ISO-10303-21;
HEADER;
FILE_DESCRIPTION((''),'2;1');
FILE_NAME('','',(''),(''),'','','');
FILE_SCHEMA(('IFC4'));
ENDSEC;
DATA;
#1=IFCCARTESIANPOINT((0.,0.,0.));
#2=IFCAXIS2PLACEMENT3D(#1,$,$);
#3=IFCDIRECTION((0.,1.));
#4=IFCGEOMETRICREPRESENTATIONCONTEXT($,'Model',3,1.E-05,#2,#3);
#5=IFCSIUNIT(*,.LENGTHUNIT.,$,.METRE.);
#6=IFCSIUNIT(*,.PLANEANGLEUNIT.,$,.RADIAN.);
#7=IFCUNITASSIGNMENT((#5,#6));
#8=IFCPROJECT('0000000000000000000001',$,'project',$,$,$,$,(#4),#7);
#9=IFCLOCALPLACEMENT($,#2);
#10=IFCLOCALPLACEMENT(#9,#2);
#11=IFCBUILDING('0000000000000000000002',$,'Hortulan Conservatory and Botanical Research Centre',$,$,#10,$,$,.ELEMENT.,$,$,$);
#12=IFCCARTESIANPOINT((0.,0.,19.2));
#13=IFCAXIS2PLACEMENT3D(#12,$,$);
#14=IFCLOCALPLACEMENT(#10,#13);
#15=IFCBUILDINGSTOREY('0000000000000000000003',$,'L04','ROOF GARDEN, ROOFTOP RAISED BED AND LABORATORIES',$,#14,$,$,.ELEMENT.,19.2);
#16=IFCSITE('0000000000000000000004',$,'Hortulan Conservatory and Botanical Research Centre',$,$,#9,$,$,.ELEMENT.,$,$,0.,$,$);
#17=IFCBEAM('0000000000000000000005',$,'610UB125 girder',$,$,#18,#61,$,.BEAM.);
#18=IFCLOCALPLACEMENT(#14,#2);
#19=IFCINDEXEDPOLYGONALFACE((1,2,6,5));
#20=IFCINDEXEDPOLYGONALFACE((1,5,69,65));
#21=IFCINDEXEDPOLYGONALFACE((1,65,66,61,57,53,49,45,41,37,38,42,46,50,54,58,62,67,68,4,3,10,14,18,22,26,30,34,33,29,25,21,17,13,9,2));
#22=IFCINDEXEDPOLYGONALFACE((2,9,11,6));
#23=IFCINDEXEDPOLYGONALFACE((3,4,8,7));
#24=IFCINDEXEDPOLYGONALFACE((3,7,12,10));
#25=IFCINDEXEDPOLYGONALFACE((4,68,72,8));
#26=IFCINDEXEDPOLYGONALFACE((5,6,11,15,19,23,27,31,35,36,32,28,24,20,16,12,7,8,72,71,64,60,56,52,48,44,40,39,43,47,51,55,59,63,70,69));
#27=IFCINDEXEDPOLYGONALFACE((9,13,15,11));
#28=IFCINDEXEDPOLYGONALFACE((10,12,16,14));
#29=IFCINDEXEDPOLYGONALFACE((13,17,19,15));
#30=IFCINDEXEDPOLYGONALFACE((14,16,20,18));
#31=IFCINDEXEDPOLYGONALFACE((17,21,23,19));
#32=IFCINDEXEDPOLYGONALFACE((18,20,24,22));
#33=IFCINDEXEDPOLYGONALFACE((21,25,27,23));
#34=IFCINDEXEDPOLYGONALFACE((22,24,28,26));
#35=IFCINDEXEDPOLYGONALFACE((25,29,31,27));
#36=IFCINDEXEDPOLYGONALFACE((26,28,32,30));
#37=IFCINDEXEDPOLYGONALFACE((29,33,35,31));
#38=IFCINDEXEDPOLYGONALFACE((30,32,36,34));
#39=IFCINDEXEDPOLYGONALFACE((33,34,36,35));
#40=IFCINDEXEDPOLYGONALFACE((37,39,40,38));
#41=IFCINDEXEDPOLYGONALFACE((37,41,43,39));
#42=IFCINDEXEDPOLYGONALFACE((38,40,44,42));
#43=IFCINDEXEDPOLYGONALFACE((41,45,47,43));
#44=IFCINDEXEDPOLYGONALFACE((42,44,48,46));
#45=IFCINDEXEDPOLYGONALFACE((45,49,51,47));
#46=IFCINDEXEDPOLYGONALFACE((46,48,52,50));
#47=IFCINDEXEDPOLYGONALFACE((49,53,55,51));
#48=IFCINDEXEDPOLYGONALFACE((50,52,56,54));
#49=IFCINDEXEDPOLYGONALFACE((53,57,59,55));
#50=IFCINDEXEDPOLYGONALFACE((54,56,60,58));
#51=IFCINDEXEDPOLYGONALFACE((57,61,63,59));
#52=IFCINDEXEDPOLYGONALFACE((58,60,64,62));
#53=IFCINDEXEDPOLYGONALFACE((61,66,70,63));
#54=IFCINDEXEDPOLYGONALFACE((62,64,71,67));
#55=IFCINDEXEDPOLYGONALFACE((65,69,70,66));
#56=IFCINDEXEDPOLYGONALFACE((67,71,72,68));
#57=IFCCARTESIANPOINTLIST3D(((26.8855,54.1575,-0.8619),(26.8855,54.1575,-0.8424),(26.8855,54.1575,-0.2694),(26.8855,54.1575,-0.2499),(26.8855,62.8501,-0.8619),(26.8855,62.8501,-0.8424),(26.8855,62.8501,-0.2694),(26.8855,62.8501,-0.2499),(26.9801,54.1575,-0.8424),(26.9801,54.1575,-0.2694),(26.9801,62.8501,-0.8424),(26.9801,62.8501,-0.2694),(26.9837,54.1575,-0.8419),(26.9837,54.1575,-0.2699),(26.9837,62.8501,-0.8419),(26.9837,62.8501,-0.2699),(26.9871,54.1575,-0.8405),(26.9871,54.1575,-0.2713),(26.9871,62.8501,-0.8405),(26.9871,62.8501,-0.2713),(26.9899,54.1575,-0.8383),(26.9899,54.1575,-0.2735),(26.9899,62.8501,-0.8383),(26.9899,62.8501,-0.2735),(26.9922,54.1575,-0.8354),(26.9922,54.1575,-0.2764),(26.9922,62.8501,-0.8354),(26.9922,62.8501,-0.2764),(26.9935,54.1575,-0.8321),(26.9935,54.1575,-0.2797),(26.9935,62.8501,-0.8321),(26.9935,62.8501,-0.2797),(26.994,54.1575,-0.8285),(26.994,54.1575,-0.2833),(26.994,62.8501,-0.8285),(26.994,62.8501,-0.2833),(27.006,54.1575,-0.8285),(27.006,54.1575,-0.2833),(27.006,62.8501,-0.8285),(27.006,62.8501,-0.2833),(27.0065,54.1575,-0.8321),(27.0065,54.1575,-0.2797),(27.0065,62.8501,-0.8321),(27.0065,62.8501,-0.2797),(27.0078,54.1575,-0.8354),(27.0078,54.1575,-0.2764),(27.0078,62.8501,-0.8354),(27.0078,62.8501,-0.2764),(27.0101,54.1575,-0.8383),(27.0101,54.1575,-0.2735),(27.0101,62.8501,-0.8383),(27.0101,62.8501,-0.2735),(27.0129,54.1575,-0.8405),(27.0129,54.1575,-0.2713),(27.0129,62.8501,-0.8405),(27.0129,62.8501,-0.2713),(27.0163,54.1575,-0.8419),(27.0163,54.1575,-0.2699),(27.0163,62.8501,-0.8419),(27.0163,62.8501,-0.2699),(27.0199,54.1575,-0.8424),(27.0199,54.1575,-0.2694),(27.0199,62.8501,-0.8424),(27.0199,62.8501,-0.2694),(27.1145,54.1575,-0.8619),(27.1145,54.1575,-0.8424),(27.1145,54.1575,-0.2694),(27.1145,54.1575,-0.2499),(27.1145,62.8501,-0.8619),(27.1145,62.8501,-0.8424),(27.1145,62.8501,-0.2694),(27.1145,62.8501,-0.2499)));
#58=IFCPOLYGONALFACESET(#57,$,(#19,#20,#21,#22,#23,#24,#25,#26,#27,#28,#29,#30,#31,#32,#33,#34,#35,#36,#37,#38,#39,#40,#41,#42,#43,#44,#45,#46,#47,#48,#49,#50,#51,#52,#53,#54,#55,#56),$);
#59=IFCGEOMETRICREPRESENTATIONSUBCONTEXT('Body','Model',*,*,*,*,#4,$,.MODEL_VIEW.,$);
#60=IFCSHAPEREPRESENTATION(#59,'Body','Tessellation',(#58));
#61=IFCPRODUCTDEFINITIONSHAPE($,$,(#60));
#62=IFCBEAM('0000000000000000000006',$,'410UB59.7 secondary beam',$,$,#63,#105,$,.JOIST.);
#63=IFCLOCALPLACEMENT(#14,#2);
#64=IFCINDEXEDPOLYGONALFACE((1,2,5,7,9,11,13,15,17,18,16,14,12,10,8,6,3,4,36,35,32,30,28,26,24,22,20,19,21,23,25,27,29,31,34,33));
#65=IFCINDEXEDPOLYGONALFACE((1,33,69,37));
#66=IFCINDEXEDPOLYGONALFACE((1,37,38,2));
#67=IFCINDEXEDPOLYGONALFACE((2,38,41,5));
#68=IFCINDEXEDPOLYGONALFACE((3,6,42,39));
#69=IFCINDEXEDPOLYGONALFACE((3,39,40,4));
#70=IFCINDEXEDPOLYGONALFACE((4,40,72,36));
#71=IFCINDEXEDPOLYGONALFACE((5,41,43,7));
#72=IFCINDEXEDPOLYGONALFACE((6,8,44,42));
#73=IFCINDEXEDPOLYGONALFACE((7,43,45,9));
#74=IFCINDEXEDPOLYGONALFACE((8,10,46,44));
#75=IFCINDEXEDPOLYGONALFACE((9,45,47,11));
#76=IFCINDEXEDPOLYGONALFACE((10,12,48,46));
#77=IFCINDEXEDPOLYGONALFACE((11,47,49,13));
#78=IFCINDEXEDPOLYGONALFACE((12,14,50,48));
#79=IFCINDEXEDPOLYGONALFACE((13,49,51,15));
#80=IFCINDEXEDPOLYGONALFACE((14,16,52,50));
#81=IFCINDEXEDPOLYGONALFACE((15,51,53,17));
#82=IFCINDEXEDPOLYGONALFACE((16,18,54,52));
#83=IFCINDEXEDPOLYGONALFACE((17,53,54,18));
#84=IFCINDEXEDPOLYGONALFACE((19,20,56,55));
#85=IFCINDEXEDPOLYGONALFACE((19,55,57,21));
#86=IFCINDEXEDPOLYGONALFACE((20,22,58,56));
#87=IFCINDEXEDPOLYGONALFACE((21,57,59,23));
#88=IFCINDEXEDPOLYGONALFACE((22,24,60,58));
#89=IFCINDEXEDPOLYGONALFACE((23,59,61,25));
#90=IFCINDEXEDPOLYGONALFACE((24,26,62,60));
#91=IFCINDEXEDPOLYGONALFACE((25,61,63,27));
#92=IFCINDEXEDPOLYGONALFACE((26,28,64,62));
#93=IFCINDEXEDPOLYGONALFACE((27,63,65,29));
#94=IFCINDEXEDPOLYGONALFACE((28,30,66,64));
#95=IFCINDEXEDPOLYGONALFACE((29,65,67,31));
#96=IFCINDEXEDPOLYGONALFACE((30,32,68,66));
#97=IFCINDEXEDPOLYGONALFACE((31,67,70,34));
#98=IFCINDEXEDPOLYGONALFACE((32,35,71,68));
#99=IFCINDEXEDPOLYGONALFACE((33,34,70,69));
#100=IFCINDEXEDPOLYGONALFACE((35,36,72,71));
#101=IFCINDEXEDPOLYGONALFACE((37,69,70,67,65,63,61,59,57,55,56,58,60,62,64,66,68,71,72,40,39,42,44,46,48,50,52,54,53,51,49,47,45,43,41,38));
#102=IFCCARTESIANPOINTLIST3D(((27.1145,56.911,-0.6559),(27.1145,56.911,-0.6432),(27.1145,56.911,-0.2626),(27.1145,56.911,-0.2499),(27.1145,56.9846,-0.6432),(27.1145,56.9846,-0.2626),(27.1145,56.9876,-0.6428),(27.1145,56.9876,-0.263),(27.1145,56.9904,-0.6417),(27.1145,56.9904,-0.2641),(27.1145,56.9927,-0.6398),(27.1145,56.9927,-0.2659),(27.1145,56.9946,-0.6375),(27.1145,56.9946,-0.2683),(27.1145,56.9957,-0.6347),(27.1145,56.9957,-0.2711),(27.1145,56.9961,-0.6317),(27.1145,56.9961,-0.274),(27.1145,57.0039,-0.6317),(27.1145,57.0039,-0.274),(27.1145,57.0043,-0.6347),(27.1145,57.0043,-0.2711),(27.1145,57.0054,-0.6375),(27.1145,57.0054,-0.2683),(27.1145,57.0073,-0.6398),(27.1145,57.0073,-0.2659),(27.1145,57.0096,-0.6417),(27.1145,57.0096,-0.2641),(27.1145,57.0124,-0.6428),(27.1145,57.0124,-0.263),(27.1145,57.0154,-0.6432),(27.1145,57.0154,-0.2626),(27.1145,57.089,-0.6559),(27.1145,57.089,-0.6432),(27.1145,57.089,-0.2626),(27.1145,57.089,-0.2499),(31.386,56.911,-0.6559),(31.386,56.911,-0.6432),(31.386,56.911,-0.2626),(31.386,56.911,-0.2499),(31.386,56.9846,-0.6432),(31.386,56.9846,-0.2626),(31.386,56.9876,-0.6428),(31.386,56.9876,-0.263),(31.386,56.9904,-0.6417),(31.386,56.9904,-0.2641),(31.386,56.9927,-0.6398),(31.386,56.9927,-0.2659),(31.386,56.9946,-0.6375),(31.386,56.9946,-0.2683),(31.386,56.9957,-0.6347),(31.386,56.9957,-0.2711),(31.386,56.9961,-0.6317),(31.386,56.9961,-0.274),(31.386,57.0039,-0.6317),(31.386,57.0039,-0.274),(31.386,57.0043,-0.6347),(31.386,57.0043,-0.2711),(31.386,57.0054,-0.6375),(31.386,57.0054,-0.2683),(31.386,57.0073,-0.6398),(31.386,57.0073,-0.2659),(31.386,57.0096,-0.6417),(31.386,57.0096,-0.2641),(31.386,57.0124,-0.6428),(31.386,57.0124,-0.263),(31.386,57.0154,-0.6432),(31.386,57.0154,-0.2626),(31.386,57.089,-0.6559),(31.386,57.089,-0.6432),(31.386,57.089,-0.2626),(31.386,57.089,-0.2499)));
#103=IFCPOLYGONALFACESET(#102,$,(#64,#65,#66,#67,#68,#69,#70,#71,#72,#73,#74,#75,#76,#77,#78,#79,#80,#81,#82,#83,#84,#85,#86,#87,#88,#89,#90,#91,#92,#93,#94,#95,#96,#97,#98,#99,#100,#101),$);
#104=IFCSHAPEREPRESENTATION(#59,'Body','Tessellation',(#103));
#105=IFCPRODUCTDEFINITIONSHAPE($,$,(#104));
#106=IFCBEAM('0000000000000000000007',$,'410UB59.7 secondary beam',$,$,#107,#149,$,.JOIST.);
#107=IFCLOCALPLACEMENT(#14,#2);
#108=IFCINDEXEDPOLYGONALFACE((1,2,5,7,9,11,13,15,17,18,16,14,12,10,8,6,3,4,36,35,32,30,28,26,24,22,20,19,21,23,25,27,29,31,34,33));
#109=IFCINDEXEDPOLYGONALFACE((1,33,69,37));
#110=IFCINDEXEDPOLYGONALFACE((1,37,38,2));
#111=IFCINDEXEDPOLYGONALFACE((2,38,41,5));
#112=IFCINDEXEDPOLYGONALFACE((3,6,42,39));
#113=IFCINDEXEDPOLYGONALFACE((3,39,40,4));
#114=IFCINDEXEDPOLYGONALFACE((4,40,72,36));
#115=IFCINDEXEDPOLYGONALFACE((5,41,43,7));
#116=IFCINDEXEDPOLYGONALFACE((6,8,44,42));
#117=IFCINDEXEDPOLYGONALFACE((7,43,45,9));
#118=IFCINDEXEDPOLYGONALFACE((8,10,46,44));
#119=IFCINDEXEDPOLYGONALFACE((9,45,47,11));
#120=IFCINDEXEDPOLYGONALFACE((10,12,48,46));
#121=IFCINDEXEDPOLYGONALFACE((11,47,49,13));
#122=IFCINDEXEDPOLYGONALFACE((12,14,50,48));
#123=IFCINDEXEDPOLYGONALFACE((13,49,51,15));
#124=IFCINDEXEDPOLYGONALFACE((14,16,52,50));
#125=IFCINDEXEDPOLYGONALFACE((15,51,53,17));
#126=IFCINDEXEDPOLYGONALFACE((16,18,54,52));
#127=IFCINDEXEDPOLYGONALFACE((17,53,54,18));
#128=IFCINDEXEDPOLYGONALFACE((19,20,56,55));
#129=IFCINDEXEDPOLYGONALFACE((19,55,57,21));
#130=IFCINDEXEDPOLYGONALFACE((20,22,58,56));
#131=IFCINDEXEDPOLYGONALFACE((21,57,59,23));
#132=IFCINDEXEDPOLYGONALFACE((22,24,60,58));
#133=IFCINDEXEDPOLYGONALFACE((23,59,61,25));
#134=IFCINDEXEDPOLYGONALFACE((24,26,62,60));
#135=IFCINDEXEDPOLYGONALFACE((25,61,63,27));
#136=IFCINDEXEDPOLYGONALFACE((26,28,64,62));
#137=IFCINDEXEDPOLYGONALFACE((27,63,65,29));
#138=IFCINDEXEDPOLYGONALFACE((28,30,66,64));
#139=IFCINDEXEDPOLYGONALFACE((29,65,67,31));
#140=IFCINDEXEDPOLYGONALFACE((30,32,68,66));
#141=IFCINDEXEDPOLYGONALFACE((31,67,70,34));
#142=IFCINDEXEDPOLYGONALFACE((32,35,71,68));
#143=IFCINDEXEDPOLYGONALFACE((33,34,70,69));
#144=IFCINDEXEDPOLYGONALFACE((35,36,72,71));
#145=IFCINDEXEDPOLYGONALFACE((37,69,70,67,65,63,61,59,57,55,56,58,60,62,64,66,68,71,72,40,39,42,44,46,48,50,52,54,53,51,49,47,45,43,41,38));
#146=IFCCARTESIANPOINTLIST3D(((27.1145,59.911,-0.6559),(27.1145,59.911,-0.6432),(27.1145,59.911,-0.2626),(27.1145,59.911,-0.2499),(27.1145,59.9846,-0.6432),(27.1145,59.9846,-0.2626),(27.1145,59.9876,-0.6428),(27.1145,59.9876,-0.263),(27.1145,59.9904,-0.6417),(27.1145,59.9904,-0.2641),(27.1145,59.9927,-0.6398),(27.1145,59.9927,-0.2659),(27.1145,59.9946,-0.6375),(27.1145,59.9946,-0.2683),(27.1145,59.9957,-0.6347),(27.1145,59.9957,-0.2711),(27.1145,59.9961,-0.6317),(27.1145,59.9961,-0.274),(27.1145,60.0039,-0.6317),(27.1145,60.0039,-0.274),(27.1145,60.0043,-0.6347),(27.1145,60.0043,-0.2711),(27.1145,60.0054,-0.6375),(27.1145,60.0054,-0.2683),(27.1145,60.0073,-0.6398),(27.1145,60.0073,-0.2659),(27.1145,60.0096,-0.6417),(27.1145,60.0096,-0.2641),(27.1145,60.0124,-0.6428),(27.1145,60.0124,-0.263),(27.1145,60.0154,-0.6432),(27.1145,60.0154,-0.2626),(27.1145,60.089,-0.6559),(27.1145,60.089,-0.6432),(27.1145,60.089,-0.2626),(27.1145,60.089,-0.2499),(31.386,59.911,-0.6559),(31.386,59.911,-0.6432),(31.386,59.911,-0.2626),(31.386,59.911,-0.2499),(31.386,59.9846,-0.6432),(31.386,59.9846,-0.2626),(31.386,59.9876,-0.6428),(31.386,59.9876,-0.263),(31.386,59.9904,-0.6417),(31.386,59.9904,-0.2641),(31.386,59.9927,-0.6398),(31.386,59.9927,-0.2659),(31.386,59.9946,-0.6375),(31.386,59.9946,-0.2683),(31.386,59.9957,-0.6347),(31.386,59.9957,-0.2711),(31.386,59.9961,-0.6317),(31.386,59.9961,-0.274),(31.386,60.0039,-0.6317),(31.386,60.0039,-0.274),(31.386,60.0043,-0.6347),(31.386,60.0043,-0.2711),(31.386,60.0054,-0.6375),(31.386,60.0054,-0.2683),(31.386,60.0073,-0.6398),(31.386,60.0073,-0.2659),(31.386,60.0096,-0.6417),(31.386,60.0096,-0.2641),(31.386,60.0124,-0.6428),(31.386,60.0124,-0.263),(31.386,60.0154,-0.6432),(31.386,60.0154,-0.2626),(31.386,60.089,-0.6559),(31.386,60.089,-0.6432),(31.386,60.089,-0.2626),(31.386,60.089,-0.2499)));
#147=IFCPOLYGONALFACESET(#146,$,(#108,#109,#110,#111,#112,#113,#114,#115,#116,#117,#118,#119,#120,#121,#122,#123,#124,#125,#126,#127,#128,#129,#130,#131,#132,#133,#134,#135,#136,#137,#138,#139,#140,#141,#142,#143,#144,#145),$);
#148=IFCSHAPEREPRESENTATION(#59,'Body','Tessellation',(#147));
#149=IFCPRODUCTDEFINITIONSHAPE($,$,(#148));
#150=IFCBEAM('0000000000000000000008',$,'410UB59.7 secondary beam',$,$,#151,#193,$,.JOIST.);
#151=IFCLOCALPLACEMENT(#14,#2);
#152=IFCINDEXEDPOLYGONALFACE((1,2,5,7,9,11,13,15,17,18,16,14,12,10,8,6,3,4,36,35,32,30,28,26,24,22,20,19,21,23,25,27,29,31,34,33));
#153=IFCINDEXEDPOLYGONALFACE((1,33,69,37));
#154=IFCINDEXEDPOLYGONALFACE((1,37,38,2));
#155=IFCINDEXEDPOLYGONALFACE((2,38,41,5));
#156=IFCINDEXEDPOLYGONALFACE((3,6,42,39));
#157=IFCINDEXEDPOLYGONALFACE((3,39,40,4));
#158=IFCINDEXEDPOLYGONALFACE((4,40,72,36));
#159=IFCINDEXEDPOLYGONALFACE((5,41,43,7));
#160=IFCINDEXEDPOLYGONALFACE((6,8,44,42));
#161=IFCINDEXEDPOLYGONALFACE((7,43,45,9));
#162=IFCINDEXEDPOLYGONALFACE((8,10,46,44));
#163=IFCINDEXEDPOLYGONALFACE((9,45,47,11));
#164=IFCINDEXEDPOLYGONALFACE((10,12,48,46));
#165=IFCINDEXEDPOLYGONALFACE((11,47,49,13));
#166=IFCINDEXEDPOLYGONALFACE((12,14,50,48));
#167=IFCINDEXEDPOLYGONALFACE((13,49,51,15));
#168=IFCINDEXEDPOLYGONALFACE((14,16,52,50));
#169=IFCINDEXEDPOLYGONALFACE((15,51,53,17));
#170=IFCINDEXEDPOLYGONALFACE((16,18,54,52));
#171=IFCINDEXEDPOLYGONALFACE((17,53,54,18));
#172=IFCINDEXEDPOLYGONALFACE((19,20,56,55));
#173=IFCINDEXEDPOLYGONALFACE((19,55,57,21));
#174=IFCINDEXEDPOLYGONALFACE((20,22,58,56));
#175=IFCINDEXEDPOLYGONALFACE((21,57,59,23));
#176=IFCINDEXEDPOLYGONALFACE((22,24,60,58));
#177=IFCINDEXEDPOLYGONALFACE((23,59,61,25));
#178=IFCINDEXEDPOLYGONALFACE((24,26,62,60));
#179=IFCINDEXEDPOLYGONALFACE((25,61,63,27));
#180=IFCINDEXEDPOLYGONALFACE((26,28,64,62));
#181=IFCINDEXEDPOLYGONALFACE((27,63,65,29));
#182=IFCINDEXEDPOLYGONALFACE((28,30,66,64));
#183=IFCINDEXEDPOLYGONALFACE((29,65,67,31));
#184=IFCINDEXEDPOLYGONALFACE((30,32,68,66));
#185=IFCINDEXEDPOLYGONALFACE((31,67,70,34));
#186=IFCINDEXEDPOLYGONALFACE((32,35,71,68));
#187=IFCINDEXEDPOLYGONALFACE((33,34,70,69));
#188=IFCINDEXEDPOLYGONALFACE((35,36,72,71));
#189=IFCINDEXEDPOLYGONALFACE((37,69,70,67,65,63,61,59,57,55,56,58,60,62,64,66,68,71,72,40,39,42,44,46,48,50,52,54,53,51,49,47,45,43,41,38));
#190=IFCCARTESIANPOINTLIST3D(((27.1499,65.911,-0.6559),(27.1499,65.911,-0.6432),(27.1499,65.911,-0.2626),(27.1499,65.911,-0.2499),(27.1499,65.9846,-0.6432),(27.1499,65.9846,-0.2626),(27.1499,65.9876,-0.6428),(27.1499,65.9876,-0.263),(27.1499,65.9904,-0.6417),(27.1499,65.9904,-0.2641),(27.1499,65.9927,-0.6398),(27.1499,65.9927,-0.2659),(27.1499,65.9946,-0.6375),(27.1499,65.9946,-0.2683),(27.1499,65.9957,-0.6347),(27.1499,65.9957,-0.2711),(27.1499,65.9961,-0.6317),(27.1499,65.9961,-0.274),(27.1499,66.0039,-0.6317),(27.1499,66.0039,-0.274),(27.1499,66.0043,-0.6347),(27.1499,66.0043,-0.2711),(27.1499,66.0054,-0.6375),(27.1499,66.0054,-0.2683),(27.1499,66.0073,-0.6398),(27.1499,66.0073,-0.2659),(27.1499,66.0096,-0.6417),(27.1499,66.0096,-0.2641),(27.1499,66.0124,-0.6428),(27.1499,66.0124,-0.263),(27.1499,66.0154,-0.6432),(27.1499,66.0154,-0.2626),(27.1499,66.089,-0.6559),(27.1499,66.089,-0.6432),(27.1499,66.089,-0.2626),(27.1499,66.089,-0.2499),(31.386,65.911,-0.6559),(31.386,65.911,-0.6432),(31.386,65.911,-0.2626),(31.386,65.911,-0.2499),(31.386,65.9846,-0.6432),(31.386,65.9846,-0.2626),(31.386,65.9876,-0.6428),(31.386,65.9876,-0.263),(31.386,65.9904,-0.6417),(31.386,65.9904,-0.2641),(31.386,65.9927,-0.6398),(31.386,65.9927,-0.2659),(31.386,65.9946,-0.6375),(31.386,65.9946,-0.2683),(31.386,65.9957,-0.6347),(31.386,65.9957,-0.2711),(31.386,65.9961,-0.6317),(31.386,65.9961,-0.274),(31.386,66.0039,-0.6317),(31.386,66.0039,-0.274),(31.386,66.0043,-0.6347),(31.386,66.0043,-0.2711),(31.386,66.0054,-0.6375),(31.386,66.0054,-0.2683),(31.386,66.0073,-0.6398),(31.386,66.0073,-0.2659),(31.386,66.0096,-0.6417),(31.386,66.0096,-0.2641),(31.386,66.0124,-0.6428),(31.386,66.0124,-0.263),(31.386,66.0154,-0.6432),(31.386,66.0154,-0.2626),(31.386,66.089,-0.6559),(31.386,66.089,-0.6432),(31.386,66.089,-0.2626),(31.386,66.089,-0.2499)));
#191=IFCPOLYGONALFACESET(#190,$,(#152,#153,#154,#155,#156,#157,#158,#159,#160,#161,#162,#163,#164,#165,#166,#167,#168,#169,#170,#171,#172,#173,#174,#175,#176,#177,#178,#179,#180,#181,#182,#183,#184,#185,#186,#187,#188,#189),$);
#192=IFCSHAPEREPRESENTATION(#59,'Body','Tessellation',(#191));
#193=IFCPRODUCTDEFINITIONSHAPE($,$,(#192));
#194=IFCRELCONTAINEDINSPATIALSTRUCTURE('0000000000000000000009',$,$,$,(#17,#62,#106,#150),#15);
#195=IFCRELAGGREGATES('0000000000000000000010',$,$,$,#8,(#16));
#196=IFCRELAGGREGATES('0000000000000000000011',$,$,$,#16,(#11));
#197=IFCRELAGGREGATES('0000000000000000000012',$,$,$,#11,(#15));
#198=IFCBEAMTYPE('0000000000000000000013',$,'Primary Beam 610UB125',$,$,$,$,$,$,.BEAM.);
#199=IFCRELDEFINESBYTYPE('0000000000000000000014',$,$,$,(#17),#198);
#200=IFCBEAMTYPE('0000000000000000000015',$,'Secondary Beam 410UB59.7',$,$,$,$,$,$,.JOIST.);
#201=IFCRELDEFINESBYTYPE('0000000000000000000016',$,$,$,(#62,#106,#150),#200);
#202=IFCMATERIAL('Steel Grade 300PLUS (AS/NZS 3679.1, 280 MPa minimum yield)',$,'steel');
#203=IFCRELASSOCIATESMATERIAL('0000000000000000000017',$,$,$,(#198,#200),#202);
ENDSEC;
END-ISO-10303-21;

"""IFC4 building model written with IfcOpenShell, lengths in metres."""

from ifc_helpers import new_model, si_unit, direction, frame, origin, origin_2d, place, context, subcontext, project, spatial, i_section, extrude, material, material_profile, profile_set, type_object, element, save


model = new_model("IFC4")

# Units and contexts
model_context = context("Model", 3, precision=1e-05, world=origin(), true_north=direction((0.0, 1.0)))
body_context = subcontext(model_context, "Body", "Model", "MODEL_VIEW")
ifc_project = project(units=[si_unit("LENGTHUNIT", "METRE"), si_unit("PLANEANGLEUNIT", "RADIAN")], contexts=[model_context])

# Site, building, storey
site_placement = place(None, origin())
site = spatial("IfcSite", under=ifc_project, at=site_placement, Name="Hortulan Conservatory and Botanical Research Centre", CompositionType="ELEMENT", RefElevation=0.0)
building_placement = place(site_placement, origin())
building = spatial("IfcBuilding", under=site, at=building_placement, Name="Hortulan Conservatory and Botanical Research Centre", CompositionType="ELEMENT")
storey_placement = place(building_placement, frame((0.0, 0.0, 19.2)))
storey = spatial("IfcBuildingStorey", under=building, at=storey_placement, Name="L04", Description="ROOF GARDEN, ROOFTOP RAISED BED AND LABORATORIES", CompositionType="ELEMENT", Elevation=19.2)

# Beams
ifc_material_1 = material(Name="Steel Grade 300PLUS (AS/NZS 3679.1, 280 MPa minimum yield)", Category="steel")
ifc_material_profile_1 = material_profile(ifc_material_1, i_section(OverallWidth=0.229, OverallDepth=0.6121, WebThickness=0.012, FlangeThickness=0.0195, FilletRadius=0.0139, at=origin_2d()), Name="610UB125")
ifc_profile_set_1 = profile_set([ifc_material_profile_1], Name="Steel Grade 300PLUS (AS/NZS 3679.1, 280 MPa minimum yield)")
beam_type_1 = type_object("IfcBeamType", Name="Primary Beam 610UB125", PredefinedType="BEAM", material=ifc_profile_set_1)
beam_1_placement = place(storey_placement, frame((27.0, 54.1575, -0.5559), z_axis=(0.0, 1.0, 0.0), x_axis=(-1.0, 0.0, 0.0)))
element("IfcBeam", 1, at=beam_1_placement, inside=storey, type_object=beam_type_1, Name="610UB125 girder", PredefinedType="BEAM", context=body_context, shape_type="SweptSolid", body=[
    extrude(i_section(OverallWidth=0.229, OverallDepth=0.6121, WebThickness=0.012, FlangeThickness=0.0195, FilletRadius=0.0139, at=origin_2d()), origin(), (0.0, 0.0, 1.0), 8.6926),
])
ifc_material_profile_2 = material_profile(ifc_material_1, i_section(OverallWidth=0.178, OverallDepth=0.406, WebThickness=0.0078, FlangeThickness=0.0127, FilletRadius=0.0115, at=origin_2d()), Name="410UB59.7")
ifc_profile_set_2 = profile_set([ifc_material_profile_2], Name="Steel Grade 300PLUS (AS/NZS 3679.1, 280 MPa minimum yield)")
beam_type_2 = type_object("IfcBeamType", Name="Secondary Beam 410UB59.7", PredefinedType="JOIST", material=ifc_profile_set_2)
for number, where, z_axis, x_axis, name in (
    (2, (27.1145, 57.0, -0.4529), (1.0, 0.0, 0.0), (0.0, 1.0, 0.0), "410UB59.7 secondary beam"),
    (3, (27.1145, 60.0, -0.4529), (1.0, 0.0, 0.0), (0.0, 1.0, 0.0), "410UB59.7 secondary beam"),
):
    element("IfcBeam", number, at=place(storey_placement, frame(where, z_axis=z_axis, x_axis=x_axis)), inside=storey, type_object=beam_type_2, Name=name, PredefinedType="JOIST", context=body_context, shape_type="SweptSolid", body=[
        extrude(i_section(OverallWidth=0.178, OverallDepth=0.406, WebThickness=0.0078, FlangeThickness=0.0127, FilletRadius=0.0115, at=origin_2d()), origin(), (0.0, 0.0, 1.0), 4.2715),
    ])
for number, where, z_axis, x_axis, name in (
    (4, (27.1499, 66.0, -0.4529), (1.0, 0.0, 0.0), (0.0, 1.0, 0.0), "410UB59.7 secondary beam"),
):
    element("IfcBeam", number, at=place(storey_placement, frame(where, z_axis=z_axis, x_axis=x_axis)), inside=storey, type_object=beam_type_2, Name=name, PredefinedType="JOIST", context=body_context, shape_type="SweptSolid", body=[
        extrude(i_section(OverallWidth=0.178, OverallDepth=0.406, WebThickness=0.0078, FlangeThickness=0.0127, FilletRadius=0.0115, at=origin_2d()), origin(), (0.0, 0.0, 1.0), 4.2361),
    ])

save(model, "model.ifc")
